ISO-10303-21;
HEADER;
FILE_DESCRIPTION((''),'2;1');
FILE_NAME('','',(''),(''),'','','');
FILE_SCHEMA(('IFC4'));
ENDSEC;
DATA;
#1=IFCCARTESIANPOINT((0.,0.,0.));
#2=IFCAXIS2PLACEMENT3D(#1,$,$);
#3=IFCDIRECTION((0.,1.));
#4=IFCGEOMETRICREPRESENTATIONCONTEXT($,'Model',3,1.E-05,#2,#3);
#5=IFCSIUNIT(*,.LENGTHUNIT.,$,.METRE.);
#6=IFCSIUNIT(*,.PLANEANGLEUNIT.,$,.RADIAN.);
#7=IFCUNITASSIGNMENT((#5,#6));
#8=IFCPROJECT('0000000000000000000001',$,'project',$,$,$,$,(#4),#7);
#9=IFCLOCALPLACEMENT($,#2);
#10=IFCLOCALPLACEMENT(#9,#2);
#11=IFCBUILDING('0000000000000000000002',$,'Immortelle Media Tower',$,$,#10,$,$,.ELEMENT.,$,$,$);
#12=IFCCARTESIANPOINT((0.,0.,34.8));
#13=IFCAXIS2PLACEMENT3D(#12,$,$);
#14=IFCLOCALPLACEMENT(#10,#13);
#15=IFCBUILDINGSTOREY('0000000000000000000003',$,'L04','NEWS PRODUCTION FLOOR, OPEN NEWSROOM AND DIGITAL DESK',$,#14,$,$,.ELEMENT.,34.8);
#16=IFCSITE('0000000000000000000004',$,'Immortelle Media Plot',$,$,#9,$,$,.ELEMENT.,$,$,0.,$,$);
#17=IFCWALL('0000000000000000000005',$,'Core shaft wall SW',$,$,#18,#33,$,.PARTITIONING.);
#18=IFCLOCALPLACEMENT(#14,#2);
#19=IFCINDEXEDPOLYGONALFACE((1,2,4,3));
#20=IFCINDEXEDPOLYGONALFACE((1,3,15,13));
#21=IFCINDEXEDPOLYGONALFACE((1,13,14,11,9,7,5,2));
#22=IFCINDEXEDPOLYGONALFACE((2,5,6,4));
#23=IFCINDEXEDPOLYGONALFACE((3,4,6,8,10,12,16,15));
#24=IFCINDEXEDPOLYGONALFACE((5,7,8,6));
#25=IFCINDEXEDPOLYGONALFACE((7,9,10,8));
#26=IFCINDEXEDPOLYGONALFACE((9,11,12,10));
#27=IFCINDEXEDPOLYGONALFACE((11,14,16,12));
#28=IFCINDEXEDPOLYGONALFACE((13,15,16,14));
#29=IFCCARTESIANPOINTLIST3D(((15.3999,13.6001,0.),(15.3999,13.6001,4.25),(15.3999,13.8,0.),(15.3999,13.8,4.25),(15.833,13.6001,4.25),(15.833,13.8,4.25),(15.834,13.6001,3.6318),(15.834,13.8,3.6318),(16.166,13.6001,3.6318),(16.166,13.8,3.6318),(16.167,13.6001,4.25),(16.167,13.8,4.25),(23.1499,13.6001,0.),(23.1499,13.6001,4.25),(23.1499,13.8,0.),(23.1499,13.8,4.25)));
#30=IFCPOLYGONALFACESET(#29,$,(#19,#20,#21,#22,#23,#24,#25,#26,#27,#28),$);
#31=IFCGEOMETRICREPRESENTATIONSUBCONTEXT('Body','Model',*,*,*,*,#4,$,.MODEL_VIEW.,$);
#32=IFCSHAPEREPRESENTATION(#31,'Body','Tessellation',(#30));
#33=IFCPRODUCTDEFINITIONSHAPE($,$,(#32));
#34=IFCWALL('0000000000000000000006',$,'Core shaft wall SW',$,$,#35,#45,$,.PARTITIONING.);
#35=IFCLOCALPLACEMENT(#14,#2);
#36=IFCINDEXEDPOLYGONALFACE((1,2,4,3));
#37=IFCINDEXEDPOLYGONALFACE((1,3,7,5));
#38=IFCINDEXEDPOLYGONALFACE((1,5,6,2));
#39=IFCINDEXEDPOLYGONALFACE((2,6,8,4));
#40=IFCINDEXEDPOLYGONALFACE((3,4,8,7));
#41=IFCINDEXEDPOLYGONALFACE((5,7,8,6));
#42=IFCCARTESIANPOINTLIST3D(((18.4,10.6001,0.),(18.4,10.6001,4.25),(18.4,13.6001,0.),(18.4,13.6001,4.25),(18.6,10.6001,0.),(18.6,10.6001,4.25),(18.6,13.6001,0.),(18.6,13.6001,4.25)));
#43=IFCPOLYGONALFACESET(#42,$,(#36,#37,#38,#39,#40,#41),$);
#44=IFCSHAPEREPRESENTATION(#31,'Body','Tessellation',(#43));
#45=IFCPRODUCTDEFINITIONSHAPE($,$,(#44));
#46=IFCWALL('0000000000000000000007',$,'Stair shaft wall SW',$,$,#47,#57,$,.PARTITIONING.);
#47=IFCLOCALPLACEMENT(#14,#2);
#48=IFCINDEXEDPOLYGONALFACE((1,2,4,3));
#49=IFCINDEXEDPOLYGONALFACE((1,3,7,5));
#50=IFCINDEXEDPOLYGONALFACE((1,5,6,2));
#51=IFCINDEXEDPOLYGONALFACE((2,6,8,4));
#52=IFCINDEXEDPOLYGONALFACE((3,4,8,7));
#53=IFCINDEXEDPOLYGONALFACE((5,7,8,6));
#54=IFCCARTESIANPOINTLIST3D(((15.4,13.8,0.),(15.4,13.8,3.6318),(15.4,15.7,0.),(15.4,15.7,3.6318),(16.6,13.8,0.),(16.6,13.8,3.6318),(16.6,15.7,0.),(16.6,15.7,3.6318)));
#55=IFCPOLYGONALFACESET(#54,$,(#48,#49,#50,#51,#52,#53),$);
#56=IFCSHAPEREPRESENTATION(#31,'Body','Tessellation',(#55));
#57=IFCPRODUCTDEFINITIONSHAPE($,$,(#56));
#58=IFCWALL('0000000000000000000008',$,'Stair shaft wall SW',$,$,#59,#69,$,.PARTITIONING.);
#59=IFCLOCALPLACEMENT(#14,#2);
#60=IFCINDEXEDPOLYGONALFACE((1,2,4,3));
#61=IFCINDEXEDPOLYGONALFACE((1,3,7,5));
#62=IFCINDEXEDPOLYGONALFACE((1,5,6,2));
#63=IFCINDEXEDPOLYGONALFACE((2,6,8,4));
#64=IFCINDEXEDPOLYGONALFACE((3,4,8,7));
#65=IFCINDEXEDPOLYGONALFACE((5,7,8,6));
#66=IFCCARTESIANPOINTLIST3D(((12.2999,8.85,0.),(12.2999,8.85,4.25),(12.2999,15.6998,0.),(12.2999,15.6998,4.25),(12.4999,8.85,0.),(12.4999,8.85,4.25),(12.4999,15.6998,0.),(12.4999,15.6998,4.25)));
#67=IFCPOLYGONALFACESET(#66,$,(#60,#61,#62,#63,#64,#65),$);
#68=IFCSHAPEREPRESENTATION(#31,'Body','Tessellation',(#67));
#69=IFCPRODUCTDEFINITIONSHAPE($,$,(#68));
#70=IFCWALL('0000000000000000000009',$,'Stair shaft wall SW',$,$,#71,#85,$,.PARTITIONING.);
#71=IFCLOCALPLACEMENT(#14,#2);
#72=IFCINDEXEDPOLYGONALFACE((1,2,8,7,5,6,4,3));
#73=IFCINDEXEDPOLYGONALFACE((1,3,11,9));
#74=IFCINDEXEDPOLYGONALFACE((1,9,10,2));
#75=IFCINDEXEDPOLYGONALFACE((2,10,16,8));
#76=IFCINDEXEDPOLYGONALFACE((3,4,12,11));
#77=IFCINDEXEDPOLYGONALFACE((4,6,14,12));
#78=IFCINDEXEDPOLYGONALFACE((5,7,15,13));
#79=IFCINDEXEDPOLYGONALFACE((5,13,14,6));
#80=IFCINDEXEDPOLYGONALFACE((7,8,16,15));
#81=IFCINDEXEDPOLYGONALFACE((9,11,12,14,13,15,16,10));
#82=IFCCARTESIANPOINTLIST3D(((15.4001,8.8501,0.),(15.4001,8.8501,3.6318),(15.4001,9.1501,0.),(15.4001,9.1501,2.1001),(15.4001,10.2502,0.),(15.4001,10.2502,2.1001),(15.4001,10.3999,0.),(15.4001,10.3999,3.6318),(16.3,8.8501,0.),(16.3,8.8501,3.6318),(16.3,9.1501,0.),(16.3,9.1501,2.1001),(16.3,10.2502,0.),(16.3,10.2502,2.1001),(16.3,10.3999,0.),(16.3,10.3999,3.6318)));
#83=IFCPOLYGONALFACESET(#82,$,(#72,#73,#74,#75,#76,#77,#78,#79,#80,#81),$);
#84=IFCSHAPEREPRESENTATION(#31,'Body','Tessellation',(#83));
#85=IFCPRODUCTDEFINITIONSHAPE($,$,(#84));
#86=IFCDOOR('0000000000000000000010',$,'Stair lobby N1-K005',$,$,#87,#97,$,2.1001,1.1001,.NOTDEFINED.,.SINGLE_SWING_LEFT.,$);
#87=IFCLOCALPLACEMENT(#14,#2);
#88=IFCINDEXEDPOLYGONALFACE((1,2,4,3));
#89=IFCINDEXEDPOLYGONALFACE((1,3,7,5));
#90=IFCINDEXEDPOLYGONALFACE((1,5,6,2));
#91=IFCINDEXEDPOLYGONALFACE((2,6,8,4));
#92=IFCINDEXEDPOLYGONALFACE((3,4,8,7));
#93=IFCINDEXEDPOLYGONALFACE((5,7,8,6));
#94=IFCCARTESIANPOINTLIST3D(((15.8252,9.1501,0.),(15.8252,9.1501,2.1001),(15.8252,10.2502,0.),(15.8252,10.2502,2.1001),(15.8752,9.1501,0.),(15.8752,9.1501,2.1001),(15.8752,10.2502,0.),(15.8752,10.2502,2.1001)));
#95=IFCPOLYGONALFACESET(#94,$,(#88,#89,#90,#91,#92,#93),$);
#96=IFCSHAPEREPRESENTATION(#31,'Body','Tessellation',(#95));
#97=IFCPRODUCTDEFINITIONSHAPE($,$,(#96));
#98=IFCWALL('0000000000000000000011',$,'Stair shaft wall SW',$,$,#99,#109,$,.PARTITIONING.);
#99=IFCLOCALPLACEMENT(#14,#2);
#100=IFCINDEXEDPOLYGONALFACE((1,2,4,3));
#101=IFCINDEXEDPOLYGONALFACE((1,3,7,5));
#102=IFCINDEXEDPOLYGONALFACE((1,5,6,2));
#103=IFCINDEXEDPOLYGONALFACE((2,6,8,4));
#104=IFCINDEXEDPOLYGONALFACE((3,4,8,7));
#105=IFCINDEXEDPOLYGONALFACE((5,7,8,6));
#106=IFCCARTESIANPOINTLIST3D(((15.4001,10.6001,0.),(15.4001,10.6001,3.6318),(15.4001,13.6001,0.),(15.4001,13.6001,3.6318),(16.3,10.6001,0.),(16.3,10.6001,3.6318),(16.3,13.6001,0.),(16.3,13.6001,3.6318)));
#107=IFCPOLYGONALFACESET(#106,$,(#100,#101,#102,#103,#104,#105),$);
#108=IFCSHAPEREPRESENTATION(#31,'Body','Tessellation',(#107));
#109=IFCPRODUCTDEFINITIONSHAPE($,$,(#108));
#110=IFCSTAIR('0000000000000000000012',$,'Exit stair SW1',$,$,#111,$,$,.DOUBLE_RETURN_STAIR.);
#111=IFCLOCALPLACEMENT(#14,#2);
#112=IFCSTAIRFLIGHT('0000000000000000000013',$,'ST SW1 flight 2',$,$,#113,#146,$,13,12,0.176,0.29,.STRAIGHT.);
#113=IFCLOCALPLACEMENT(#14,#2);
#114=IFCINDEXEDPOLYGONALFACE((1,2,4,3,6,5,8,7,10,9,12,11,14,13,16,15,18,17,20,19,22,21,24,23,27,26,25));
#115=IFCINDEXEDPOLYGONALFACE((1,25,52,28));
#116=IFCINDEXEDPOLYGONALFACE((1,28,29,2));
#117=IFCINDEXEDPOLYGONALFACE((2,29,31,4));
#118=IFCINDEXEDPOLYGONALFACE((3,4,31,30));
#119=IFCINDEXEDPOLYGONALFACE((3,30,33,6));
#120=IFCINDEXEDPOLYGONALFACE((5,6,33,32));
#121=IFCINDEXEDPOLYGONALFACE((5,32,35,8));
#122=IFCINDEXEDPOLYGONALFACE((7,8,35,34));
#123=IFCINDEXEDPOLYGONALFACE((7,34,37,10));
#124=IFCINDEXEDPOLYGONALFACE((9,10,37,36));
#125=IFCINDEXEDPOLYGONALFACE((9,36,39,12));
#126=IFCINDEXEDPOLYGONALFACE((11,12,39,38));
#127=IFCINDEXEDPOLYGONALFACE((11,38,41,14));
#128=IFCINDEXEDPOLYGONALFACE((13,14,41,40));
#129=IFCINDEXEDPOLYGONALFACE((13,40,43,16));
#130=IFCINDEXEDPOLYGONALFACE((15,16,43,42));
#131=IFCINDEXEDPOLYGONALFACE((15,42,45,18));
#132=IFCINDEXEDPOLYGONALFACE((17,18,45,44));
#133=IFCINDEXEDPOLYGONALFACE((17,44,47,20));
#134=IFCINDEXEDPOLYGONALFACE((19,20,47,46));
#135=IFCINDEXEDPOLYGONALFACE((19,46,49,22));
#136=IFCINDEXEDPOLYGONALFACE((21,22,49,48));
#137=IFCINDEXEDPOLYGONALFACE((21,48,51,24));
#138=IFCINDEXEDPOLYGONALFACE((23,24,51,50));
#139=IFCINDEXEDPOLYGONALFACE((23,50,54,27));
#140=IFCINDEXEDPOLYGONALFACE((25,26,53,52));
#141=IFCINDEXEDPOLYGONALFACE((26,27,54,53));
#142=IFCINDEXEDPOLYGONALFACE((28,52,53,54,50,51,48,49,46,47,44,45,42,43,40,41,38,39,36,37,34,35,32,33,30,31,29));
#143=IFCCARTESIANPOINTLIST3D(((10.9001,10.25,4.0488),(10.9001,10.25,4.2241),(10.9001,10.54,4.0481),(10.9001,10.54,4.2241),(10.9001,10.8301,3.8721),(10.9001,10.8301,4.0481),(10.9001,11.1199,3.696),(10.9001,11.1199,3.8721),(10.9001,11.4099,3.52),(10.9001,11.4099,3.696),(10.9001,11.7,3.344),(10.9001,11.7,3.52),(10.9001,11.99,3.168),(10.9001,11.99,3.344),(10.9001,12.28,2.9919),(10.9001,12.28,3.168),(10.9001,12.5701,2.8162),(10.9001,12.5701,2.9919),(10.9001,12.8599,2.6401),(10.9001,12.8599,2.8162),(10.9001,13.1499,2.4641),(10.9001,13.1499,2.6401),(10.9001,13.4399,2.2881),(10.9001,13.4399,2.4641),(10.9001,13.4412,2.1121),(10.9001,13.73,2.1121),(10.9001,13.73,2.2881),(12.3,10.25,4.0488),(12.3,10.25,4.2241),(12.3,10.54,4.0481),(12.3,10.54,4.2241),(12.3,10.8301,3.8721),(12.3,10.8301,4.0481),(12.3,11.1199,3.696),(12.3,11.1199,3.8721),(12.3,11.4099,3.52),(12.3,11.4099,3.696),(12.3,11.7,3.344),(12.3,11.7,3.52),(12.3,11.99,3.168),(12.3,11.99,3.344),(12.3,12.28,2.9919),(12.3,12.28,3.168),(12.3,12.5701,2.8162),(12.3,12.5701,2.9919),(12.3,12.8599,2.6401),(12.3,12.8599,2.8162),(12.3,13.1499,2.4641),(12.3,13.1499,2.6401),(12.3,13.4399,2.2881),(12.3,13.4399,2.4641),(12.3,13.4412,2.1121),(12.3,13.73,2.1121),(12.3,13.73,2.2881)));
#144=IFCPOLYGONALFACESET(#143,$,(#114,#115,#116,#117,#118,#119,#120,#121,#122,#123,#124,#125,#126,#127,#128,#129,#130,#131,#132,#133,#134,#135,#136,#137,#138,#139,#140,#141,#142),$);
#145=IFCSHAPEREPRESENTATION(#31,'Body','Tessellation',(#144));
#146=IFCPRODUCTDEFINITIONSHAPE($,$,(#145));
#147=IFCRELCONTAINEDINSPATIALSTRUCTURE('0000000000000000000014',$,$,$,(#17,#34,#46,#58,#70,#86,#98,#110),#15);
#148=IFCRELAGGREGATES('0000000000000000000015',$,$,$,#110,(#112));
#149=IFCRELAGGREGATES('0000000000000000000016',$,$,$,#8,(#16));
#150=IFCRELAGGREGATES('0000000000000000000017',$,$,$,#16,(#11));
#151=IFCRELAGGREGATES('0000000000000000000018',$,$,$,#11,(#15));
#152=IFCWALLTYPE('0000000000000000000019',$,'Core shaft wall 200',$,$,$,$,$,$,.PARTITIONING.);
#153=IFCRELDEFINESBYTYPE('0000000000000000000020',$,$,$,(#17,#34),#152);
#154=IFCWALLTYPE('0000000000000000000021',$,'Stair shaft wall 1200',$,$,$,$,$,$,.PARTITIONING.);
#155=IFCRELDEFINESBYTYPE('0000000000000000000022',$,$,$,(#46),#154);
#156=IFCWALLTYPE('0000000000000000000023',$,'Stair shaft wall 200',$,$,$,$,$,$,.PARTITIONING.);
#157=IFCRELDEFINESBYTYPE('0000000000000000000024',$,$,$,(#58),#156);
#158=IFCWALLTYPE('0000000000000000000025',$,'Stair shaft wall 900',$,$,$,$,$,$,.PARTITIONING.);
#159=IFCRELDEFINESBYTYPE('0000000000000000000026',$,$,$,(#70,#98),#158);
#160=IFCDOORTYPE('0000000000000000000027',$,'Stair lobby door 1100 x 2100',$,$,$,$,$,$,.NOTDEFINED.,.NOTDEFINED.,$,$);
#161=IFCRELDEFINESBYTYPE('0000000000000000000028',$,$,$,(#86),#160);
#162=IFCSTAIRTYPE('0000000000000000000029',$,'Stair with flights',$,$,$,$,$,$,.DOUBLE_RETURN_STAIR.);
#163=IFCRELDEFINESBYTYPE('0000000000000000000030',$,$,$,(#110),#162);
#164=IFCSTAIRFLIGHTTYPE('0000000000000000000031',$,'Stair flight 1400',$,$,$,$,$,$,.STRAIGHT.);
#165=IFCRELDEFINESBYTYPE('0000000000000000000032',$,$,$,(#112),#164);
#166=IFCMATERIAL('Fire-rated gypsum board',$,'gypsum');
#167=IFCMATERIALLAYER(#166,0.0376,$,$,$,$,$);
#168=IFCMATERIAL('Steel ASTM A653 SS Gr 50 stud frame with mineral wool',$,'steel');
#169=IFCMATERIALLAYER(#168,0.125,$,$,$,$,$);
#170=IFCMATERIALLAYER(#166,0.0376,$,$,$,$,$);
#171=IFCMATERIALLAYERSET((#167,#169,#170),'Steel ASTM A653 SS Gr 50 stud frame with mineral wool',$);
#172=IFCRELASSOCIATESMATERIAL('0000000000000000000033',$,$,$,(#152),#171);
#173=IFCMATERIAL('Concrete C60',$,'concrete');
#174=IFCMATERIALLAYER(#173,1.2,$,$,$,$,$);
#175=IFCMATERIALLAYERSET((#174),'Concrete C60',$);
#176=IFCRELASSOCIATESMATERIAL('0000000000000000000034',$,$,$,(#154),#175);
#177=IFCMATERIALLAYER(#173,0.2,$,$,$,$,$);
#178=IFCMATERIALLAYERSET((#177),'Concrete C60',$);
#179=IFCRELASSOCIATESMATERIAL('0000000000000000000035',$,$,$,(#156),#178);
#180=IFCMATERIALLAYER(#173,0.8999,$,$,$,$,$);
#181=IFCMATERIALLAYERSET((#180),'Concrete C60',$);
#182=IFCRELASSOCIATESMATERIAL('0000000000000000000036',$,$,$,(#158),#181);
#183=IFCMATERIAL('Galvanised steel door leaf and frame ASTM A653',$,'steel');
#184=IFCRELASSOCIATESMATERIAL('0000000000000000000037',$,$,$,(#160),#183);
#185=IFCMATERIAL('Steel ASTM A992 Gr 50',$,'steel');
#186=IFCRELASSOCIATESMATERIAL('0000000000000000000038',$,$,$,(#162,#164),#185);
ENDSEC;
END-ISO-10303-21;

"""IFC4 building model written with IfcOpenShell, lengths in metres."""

from ifc_helpers import new_model, si_unit, direction, frame, frame_2d, origin, place, context, subcontext, project, spatial, polyline, rectangle, outline, extrude, material, layer, layer_set, type_object, element, fill, aggregate, save


model = new_model("IFC4")

# Units and contexts
model_context = context("Model", 3, precision=1e-05, world=origin(), true_north=direction((0.0, 1.0)))
body_context = subcontext(model_context, "Body", "Model", "MODEL_VIEW")
ifc_project = project(units=[si_unit("LENGTHUNIT", "METRE"), si_unit("PLANEANGLEUNIT", "RADIAN")], contexts=[model_context])

# Site, building, storey
site_placement = place(None, origin())
site = spatial("IfcSite", under=ifc_project, at=site_placement, Name="Immortelle Media Plot", CompositionType="ELEMENT", RefElevation=0.0)
building_placement = place(site_placement, origin())
building = spatial("IfcBuilding", under=site, at=building_placement, Name="Immortelle Media Tower", CompositionType="ELEMENT")
storey_placement = place(building_placement, frame((0.0, 0.0, 34.8)))
storey = spatial("IfcBuildingStorey", under=building, at=storey_placement, Name="L04", Description="NEWS PRODUCTION FLOOR, OPEN NEWSROOM AND DIGITAL DESK", CompositionType="ELEMENT", Elevation=34.8)

# Shared definitions
ifc_material_1 = material(Name="Steel ASTM A992 Gr 50", Category="steel")

# Shared definitions
ifc_material_2 = material(Name="Fire-rated gypsum board", Category="gypsum")
ifc_layer_1 = layer(ifc_material_2, 0.0376)
ifc_material_3 = material(Name="Steel ASTM A653 SS Gr 50 stud frame with mineral wool", Category="steel")
ifc_layer_2 = layer(ifc_material_3, 0.125)
ifc_layer_3 = layer(ifc_material_2, 0.0376)
ifc_layer_set_1 = layer_set([ifc_layer_1, ifc_layer_2, ifc_layer_3], Name="Steel ASTM A653 SS Gr 50 stud frame with mineral wool")
wall_type_1 = type_object("IfcWallType", Name="Core shaft wall 200", PredefinedType="PARTITIONING", material=ifc_layer_set_1)

# Walls
wall_1_placement = place(storey_placement, frame((15.3999, 13.7, 0.0), z_axis=(0.0, 0.0, 1.0), x_axis=(1.0, 0.0, 0.0)))
element("IfcWall", 1, at=wall_1_placement, inside=storey, type_object=wall_type_1, Name="Core shaft wall SW", PredefinedType="PARTITIONING", context=body_context, shape_type="SweptSolid", body=[
    extrude(outline(polyline([(0.0, 0.0), (7.75, 0.0), (7.75, 4.25), (0.7671, 4.25), (0.7661, 3.6318), (0.4341, 3.6318), (0.4331, 4.25), (0.0, 4.25), (0.0, 0.0)])), frame((0.0, 0.1001, 0.0), z_axis=(0.0, -1.0, 0.0), x_axis=(1.0, 0.0, 0.0)), (0.0, 0.0, 1.0), 0.2),
])
wall_2_placement = place(storey_placement, frame((18.5, 10.6001, 0.0), z_axis=(0.0, 0.0, 1.0), x_axis=(0.0, 1.0, 0.0)))
element("IfcWall", 2, at=wall_2_placement, inside=storey, type_object=wall_type_1, Name="Core shaft wall SW", PredefinedType="PARTITIONING", context=body_context, shape_type="SweptSolid", body=[
    extrude(rectangle(XDim=3.0, YDim=0.2, at=frame_2d((1.5, 0.0))), origin(), (0.0, 0.0, 1.0), 4.25),
])
ifc_material_4 = material(Name="Concrete C60", Category="concrete")
ifc_layer_4 = layer(ifc_material_4, 1.2)
ifc_layer_set_2 = layer_set([ifc_layer_4], Name="Concrete C60")
wall_type_2 = type_object("IfcWallType", Name="Stair shaft wall 1200", PredefinedType="PARTITIONING", material=ifc_layer_set_2)
wall_3_placement = place(storey_placement, frame((16.0, 13.8, 0.0), z_axis=(0.0, 0.0, 1.0), x_axis=(0.0, 1.0, 0.0)))
element("IfcWall", 3, at=wall_3_placement, inside=storey, type_object=wall_type_2, Name="Stair shaft wall SW", PredefinedType="PARTITIONING", context=body_context, shape_type="SweptSolid", body=[
    extrude(rectangle(XDim=1.8999, YDim=1.2, at=frame_2d((0.95, 0.0))), origin(), (0.0, 0.0, 1.0), 3.6318),
])
ifc_layer_5 = layer(ifc_material_4, 0.2)
ifc_layer_set_3 = layer_set([ifc_layer_5], Name="Concrete C60")
wall_type_3 = type_object("IfcWallType", Name="Stair shaft wall 200", PredefinedType="PARTITIONING", material=ifc_layer_set_3)
wall_4_placement = place(storey_placement, frame((12.3999, 8.8501, 0.0), z_axis=(0.0, 0.0, 1.0), x_axis=(0.0, 1.0, 0.0)))
element("IfcWall", 4, at=wall_4_placement, inside=storey, type_object=wall_type_3, Name="Stair shaft wall SW", PredefinedType="PARTITIONING", context=body_context, shape_type="SweptSolid", body=[
    extrude(rectangle(XDim=6.8499, YDim=0.2, at=frame_2d((3.4248, 0.0))), origin(), (0.0, 0.0, 1.0), 4.25),
])

# Wall, opening, door
ifc_layer_6 = layer(ifc_material_4, 0.8999)
ifc_layer_set_4 = layer_set([ifc_layer_6], Name="Concrete C60")
wall_type_4 = type_object("IfcWallType", Name="Stair shaft wall 900", PredefinedType="PARTITIONING", material=ifc_layer_set_4)
wall_5_placement = place(storey_placement, frame((15.8501, 8.8501, 0.0), z_axis=(0.0, 0.0, 1.0), x_axis=(0.0, 1.0, 0.0)))
wall_5 = element("IfcWall", 5, at=wall_5_placement, inside=storey, type_object=wall_type_4, Name="Stair shaft wall SW", PredefinedType="PARTITIONING", context=body_context, shape_type="SweptSolid", body=[
    extrude(rectangle(XDim=1.5498, YDim=0.8999, at=frame_2d((0.7749, 0.0))), origin(), (0.0, 0.0, 1.0), 3.6318),
])
opening_1_placement = place(wall_5_placement, frame((0.3, 0.0, 0.0)))
opening_1 = element("IfcOpeningElement", 6, at=opening_1_placement, cuts=wall_5, PredefinedType="OPENING", context=body_context, shape_type="SweptSolid", body=[
    extrude(rectangle(XDim=1.1001, YDim=2.1001, at=frame_2d((0.55, 1.05))), frame((0.0, 0.46, 0.0), z_axis=(0.0, -1.0, 0.0), x_axis=(1.0, 0.0, 0.0)), (0.0, 0.0, 1.0), 0.9199),
])
ifc_material_5 = material(Name="Galvanised steel door leaf and frame ASTM A653", Category="steel")
door_type_1 = type_object("IfcDoorType", Name="Stair lobby door 1100 x 2100", OperationType="NOTDEFINED", PredefinedType="NOTDEFINED", material=ifc_material_5)
door_1_placement = place(opening_1_placement, origin())
door_1 = element("IfcDoor", 7, at=door_1_placement, inside=storey, type_object=door_type_1, Name="Stair lobby N1-K005", OperationType="SINGLE_SWING_LEFT", OverallHeight=2.1001, OverallWidth=1.1001, PredefinedType="NOTDEFINED", context=body_context, shape_type="SweptSolid", body=[
    extrude(rectangle(XDim=1.1001, YDim=2.1001, at=frame_2d((0.55, 1.05))), frame((0.0, 0.0249, 0.0), z_axis=(0.0, -1.0, 0.0), x_axis=(1.0, 0.0, 0.0)), (0.0, 0.0, 1.0), 0.05),
])
fill(opening_1, door_1)

# Wall
wall_6_placement = place(storey_placement, frame((15.8501, 10.6001, 0.0), z_axis=(0.0, 0.0, 1.0), x_axis=(0.0, 1.0, 0.0)))
element("IfcWall", 8, at=wall_6_placement, inside=storey, type_object=wall_type_4, Name="Stair shaft wall SW", PredefinedType="PARTITIONING", context=body_context, shape_type="SweptSolid", body=[
    extrude(rectangle(XDim=3.0, YDim=0.8999, at=frame_2d((1.5, 0.0))), origin(), (0.0, 0.0, 1.0), 3.6318),
])

# Stair, stair flight
stair_type = type_object("IfcStairType", Name="Stair with flights", PredefinedType="DOUBLE_RETURN_STAIR", material=ifc_material_1)
stair_1_placement = place(storey_placement, origin())
stair_1 = element("IfcStair", 9, at=stair_1_placement, inside=storey, type_object=stair_type, Name="Exit stair SW1", PredefinedType="DOUBLE_RETURN_STAIR")
stair_flight_type = type_object("IfcStairFlightType", Name="Stair flight 1400", PredefinedType="STRAIGHT", material=ifc_material_1)
stair_flight_1_placement = place(storey_placement, frame((11.6001, 13.73, 2.1121), z_axis=(0.0, 0.0, 1.0), x_axis=(0.0, -1.0, 0.0)))
stair_flight_1 = element("IfcStairFlight", 10, at=stair_flight_1_placement, type_object=stair_flight_type, Name="ST SW1 flight 2", NumberOfRisers=13, NumberOfTreads=12, PredefinedType="STRAIGHT", RiserHeight=0.176, TreadLength=0.29, context=body_context, shape_type="SweptSolid", body=[
    extrude(outline(polyline([(0.0, 0.0), (0.0, 0.176), (0.29, 0.176), (0.29, 0.3521), (0.5801, 0.3521), (0.5801, 0.5281), (0.8701, 0.5281), (0.8701, 0.7041), (1.1599, 0.7041), (1.1599, 0.8799), (1.45, 0.8799), (1.45, 1.0559), (1.74, 1.0559), (1.74, 1.2319), (2.03, 1.2319), (2.03, 1.408), (2.3201, 1.408), (2.3201, 1.584), (2.6101, 1.584), (2.6101, 1.76), (2.8999, 1.76), (2.8999, 1.936), (3.1899, 1.936), (3.1899, 2.1121), (3.48, 2.1121), (3.48, 2.2881), (3.48, 1.9368), (0.2888, 0.0), (0.0, 0.0)])), frame((0.0, 0.7, 0.0), z_axis=(0.0, -1.0, 0.0), x_axis=(1.0, 0.0, 0.0)), (0.0, 0.0, 1.0), 1.3999),
])
aggregate(stair_1, [stair_flight_1])

save(model, "model.ifc")
